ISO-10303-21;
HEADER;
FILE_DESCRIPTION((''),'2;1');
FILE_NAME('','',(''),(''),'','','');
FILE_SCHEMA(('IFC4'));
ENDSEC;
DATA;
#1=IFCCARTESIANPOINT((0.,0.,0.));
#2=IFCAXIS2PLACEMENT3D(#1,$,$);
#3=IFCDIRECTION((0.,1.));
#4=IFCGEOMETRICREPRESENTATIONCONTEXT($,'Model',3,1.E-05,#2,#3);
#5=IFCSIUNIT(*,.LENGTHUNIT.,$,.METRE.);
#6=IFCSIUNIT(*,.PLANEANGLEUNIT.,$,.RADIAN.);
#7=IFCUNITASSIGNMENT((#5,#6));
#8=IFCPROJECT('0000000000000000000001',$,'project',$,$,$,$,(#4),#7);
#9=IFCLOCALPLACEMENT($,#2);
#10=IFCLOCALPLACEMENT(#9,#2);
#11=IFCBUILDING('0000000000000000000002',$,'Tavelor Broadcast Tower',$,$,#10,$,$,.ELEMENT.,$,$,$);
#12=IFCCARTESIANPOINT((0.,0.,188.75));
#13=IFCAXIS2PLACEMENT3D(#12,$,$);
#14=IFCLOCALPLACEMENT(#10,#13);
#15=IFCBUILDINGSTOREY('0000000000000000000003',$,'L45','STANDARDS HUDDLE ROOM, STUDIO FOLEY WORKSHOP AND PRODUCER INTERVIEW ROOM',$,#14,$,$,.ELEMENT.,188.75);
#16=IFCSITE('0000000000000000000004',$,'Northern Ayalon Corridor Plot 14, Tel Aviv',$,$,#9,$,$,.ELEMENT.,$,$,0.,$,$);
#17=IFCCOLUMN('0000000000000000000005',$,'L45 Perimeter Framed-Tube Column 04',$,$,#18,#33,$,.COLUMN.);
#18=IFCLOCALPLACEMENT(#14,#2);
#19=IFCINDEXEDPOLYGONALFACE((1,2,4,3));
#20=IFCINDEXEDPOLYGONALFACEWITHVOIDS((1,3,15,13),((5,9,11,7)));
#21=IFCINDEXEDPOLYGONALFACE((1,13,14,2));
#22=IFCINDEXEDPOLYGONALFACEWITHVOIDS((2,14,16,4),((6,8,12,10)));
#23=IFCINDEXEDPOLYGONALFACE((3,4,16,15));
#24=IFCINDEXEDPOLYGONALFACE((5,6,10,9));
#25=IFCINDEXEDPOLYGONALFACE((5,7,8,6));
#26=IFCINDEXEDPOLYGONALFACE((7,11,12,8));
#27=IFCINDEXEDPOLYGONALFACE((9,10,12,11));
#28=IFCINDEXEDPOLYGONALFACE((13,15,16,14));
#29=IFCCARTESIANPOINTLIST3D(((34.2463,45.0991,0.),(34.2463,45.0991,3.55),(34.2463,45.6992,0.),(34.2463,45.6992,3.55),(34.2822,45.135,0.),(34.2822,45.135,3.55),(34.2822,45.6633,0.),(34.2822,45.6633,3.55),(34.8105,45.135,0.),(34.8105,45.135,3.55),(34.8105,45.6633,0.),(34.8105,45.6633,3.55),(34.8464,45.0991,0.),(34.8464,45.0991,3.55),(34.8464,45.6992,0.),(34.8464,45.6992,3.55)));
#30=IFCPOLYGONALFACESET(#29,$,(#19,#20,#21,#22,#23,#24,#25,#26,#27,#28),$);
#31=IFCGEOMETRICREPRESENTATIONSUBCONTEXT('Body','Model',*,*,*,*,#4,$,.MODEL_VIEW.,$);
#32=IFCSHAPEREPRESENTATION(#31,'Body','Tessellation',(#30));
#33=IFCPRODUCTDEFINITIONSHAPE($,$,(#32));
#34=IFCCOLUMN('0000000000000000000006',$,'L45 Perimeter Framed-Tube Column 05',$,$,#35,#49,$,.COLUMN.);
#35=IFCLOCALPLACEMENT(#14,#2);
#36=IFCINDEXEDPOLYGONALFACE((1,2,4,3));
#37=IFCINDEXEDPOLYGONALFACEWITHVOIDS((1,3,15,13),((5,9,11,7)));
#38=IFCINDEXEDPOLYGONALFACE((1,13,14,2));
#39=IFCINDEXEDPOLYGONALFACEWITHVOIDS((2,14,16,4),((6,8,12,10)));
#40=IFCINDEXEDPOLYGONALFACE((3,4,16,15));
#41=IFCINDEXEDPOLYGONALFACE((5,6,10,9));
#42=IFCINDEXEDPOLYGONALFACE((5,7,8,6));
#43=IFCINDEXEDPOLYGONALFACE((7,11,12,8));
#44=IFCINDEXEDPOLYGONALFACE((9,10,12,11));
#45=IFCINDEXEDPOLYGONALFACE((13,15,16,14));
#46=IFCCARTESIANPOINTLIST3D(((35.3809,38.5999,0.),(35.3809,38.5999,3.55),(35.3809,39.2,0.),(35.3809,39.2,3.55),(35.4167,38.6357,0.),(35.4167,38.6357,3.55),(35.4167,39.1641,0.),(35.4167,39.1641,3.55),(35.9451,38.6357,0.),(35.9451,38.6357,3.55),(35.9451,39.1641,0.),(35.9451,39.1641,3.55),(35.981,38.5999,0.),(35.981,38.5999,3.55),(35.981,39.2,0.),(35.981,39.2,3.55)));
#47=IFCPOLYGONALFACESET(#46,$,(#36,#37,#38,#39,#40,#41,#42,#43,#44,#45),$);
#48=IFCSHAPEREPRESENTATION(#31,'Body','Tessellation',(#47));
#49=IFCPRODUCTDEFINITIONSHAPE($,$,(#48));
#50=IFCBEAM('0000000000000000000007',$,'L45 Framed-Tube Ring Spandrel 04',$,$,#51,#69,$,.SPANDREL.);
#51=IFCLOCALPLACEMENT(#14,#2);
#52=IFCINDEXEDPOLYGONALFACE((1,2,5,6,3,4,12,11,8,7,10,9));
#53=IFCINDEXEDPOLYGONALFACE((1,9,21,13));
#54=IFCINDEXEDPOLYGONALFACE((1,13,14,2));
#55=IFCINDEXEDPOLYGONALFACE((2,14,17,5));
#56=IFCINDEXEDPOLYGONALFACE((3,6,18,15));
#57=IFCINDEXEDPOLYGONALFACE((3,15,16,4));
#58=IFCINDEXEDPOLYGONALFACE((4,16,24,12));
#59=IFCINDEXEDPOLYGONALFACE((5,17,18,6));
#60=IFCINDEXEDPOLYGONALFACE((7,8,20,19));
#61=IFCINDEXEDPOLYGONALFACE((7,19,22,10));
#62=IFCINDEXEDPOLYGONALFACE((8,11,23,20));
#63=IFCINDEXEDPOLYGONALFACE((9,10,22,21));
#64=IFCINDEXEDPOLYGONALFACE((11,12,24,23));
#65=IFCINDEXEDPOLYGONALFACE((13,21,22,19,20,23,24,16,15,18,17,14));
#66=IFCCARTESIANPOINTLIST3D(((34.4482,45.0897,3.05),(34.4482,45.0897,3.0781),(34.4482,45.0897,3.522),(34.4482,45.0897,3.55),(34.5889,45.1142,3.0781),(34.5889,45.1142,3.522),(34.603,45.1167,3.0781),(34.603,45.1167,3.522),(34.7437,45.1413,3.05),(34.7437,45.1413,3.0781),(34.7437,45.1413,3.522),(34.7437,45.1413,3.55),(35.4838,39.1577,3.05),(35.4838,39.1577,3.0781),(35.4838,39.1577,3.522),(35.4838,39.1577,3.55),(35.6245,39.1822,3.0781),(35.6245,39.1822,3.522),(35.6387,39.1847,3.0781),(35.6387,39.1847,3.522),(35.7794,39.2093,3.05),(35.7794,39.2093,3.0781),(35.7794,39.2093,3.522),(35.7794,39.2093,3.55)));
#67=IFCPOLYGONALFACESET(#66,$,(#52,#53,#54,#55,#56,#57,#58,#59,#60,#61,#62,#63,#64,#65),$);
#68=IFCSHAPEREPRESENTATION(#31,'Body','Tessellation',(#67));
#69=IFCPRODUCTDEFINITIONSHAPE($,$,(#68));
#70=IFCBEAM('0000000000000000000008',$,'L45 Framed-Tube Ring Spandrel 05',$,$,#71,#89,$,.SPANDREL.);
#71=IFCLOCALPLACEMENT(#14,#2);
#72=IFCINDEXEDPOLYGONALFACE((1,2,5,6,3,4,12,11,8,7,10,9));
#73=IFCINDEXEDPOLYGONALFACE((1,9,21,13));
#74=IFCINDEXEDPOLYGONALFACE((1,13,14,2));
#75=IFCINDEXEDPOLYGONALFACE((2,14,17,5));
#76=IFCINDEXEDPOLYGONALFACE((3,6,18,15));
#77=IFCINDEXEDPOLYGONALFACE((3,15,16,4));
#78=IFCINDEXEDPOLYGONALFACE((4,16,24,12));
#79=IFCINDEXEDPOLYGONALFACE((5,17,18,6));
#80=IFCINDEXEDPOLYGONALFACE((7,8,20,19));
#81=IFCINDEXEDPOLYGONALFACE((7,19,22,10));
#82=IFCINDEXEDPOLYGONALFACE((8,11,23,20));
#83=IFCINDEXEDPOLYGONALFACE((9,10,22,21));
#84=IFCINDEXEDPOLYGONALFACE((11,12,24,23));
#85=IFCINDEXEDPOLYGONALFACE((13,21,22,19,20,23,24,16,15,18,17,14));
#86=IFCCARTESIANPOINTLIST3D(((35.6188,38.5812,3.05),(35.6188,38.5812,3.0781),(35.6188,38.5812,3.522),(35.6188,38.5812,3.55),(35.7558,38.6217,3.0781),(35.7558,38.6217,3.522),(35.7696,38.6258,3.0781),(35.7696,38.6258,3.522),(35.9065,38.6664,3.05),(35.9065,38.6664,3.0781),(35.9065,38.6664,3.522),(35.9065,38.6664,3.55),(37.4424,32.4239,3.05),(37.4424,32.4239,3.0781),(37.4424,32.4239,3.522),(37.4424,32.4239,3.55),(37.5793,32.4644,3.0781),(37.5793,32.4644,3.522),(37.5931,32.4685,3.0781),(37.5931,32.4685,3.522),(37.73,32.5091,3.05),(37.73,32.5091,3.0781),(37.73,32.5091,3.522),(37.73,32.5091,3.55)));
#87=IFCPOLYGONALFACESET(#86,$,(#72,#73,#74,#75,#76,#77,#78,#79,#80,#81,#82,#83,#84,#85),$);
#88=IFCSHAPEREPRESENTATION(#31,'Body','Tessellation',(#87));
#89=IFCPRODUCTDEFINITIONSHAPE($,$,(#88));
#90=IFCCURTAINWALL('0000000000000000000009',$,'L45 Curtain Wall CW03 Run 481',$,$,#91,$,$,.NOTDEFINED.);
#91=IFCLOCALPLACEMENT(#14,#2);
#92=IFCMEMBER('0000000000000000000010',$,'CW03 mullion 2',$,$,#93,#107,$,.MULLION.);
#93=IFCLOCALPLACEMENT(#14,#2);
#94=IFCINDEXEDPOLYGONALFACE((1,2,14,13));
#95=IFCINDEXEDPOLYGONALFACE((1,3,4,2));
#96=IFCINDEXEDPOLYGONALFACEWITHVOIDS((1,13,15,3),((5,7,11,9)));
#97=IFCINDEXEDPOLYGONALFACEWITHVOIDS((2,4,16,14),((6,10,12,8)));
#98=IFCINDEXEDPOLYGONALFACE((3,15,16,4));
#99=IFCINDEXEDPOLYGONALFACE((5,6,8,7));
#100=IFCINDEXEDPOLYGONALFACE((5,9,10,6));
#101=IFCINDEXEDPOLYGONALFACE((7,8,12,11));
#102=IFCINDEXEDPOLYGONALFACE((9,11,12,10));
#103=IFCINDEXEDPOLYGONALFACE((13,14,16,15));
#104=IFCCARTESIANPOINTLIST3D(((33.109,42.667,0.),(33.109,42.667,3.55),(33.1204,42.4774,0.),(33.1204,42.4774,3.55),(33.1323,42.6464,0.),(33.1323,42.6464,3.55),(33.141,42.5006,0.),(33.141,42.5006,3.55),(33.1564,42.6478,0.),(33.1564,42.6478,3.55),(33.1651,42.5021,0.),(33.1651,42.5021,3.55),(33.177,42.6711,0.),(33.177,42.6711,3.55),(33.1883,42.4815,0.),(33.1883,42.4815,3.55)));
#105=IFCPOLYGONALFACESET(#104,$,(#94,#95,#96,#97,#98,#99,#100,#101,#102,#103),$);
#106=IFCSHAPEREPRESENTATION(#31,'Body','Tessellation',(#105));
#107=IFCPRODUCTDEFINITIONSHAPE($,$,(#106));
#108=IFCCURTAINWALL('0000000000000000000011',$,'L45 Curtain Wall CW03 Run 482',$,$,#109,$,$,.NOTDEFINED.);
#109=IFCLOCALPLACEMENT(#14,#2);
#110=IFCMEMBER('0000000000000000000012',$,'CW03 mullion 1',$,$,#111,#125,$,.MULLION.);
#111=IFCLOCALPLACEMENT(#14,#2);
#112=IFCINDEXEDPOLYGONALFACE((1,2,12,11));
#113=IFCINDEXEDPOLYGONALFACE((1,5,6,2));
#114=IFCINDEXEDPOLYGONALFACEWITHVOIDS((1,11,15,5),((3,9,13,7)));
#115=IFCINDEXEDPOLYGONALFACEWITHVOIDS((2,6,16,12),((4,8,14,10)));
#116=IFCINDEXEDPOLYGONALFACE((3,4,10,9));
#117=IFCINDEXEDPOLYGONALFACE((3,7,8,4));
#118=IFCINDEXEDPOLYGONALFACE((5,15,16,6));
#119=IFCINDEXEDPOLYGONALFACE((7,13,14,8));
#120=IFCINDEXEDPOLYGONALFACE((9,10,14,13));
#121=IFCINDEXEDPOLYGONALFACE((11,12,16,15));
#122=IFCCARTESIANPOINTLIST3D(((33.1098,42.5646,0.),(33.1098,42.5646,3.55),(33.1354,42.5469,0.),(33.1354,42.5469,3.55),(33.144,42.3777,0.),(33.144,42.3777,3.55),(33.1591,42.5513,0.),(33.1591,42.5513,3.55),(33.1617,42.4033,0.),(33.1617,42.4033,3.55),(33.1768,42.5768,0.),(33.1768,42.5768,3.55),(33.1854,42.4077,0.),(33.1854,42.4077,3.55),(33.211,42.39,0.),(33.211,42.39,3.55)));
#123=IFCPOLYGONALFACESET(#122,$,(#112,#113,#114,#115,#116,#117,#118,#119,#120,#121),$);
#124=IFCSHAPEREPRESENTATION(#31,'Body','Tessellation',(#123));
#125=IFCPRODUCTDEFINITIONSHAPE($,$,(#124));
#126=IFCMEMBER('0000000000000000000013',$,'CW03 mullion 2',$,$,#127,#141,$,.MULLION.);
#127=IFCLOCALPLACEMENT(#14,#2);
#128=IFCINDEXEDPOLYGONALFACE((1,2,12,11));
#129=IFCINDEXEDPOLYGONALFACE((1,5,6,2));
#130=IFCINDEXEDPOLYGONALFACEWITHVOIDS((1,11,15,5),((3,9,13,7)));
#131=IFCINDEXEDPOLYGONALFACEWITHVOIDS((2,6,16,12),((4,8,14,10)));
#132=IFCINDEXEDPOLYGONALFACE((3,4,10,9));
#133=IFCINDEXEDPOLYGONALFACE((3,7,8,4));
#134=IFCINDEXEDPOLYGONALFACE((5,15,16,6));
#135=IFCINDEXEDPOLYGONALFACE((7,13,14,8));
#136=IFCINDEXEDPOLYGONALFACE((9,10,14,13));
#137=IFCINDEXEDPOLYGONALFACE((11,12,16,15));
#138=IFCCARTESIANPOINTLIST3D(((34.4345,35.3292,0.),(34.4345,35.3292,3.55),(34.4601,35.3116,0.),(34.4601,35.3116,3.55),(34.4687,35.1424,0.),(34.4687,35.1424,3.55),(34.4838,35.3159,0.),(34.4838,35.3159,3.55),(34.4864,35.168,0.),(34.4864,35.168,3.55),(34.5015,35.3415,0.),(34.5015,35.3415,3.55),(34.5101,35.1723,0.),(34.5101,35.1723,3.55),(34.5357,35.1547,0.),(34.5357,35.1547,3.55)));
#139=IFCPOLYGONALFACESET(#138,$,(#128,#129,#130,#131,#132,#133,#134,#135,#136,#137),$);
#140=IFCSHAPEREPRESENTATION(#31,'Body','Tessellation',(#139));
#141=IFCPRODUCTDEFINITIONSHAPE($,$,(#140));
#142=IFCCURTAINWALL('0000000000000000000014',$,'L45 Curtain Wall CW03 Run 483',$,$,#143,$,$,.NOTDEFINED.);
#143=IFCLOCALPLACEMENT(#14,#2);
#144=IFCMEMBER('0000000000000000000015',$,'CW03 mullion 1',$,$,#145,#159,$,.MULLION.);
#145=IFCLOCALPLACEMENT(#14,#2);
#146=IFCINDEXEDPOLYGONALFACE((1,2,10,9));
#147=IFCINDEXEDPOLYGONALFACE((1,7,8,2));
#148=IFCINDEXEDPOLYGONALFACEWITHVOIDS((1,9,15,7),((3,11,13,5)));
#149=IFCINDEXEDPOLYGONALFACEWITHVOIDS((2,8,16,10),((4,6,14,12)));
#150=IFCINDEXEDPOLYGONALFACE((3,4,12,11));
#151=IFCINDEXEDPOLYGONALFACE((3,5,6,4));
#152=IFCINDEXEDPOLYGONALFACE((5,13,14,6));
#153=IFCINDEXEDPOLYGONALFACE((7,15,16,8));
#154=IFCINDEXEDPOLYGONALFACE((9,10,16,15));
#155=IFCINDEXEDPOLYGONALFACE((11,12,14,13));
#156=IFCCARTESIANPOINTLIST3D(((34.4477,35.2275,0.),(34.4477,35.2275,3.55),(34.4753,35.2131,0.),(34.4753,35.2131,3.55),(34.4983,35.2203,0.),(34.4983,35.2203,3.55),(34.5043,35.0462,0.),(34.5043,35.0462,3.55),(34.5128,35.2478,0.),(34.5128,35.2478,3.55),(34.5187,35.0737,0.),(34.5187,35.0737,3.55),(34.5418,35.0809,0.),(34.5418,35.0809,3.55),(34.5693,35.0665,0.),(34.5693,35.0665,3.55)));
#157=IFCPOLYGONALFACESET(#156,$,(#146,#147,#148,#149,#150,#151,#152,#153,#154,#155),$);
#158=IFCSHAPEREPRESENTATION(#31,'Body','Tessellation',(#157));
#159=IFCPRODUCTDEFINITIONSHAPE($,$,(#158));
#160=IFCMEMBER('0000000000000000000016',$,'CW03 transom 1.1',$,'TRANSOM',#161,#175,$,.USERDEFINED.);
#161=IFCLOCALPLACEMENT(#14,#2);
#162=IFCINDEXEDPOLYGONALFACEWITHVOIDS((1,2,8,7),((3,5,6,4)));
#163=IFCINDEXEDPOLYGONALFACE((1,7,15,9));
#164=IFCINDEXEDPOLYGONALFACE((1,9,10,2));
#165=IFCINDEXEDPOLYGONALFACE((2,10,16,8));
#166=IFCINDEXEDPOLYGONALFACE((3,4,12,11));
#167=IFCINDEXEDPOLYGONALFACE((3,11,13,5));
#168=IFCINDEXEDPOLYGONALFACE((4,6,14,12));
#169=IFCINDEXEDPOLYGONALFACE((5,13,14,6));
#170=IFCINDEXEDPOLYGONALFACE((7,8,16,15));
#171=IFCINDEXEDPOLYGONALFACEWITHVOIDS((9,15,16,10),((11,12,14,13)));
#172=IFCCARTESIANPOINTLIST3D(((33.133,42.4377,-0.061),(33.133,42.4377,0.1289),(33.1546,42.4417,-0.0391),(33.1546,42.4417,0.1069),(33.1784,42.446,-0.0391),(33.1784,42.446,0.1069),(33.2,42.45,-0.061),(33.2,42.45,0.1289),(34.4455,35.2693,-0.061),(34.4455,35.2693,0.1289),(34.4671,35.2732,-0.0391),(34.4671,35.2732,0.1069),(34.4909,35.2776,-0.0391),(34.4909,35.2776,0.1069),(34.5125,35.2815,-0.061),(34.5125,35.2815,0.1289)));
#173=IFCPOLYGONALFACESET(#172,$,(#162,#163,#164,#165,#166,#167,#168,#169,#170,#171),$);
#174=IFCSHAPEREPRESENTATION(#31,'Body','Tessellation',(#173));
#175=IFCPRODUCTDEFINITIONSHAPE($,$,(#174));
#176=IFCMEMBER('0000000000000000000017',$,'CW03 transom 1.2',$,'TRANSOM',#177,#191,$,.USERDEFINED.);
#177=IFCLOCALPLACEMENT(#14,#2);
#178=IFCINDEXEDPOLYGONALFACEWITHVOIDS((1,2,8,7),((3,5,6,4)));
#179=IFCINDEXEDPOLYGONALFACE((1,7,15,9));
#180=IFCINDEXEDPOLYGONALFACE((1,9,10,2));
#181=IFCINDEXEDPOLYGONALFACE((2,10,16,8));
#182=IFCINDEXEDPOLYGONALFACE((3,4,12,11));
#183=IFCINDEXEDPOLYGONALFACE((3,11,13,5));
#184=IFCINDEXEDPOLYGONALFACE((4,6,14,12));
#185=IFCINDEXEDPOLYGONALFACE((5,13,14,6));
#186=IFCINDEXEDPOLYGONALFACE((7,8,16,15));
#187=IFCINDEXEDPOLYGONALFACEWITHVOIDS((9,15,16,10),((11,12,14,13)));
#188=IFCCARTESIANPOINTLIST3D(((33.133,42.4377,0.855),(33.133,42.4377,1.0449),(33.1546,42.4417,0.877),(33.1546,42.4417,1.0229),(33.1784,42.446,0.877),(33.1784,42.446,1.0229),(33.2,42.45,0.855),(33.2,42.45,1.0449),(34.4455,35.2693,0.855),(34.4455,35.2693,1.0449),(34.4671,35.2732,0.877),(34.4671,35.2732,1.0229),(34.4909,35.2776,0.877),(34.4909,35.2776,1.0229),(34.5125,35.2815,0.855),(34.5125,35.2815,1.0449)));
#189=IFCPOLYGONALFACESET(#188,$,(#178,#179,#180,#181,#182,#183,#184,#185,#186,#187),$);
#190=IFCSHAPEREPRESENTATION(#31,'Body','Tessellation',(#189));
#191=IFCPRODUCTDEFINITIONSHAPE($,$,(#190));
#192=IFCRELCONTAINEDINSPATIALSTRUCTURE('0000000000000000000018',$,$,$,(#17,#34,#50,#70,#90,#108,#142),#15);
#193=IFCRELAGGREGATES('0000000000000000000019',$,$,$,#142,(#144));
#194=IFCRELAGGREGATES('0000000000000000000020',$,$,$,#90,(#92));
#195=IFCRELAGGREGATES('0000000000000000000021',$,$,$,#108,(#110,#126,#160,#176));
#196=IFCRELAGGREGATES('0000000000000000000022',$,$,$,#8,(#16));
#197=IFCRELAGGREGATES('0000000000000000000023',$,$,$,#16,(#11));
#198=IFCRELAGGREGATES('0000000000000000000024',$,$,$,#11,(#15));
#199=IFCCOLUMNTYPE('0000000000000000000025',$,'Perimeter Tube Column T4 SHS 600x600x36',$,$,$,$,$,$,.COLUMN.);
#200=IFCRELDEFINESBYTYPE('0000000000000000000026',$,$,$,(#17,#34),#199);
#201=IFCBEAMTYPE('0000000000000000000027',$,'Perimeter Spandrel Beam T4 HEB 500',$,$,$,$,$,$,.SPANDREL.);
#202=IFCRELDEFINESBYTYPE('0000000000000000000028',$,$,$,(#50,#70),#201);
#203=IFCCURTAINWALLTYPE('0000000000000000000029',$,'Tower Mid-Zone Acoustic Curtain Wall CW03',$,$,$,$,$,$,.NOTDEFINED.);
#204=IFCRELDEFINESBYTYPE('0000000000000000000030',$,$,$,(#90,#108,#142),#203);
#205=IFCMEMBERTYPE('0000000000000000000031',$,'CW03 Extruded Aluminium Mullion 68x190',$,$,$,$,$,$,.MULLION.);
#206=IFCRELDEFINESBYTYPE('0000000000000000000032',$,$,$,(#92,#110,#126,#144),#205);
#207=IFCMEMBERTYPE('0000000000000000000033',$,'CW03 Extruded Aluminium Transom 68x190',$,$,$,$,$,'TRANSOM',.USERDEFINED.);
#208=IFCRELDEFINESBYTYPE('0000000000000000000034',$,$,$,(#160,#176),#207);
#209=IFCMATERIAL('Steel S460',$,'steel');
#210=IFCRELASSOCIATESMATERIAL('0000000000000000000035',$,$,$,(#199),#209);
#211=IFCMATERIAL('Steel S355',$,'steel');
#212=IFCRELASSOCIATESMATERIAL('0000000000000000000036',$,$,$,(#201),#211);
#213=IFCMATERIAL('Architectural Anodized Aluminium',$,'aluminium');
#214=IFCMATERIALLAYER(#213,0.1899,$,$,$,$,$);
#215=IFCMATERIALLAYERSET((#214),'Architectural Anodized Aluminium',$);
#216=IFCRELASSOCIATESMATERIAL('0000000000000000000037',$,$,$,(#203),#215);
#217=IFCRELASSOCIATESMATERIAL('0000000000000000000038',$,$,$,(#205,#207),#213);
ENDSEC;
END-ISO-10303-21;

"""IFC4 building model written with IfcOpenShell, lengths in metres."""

from ifc_helpers import new_model, si_unit, direction, frame, origin, origin_2d, place, context, subcontext, project, spatial, hollow_rectangle, i_section, extrude, source, transform, mapped, material, layer, layer_set, material_profile, profile_set, type_object, type_shapes, element, aggregate, save


model = new_model("IFC4")

# Units and contexts
model_context = context("Model", 3, precision=1e-05, world=origin(), true_north=direction((0.0, 1.0)))
body_context = subcontext(model_context, "Body", "Model", "MODEL_VIEW")
ifc_project = project(units=[si_unit("LENGTHUNIT", "METRE"), si_unit("PLANEANGLEUNIT", "RADIAN")], contexts=[model_context])

# Site, building, storey
site_placement = place(None, origin())
site = spatial("IfcSite", under=ifc_project, at=site_placement, Name="Northern Ayalon Corridor Plot 14, Tel Aviv", CompositionType="ELEMENT", RefElevation=0.0)
building_placement = place(site_placement, origin())
building = spatial("IfcBuilding", under=site, at=building_placement, Name="Tavelor Broadcast Tower", CompositionType="ELEMENT")
storey_placement = place(building_placement, frame((0.0, 0.0, 188.75)))
storey = spatial("IfcBuildingStorey", under=building, at=storey_placement, Name="L45", Description="STANDARDS HUDDLE ROOM, STUDIO FOLEY WORKSHOP AND PRODUCER INTERVIEW ROOM", CompositionType="ELEMENT", Elevation=188.75)

# Columns
ifc_material_1 = material(Name="Steel S460", Category="steel")
ifc_material_profile_1 = material_profile(ifc_material_1, hollow_rectangle(XDim=0.6001, YDim=0.6001, WallThickness=0.0359, at=origin_2d()), Name="SHS 600x600x36")
ifc_profile_set_1 = profile_set([ifc_material_profile_1], Name="Steel S460")
column_type = type_object("IfcColumnType", Name="Perimeter Tube Column T4 SHS 600x600x36", PredefinedType="COLUMN", material=ifc_profile_set_1)
for number, where, z_axis, x_axis, name in (
    (1, (34.5464, 45.3992, 0.0), (0.0, 0.0, 1.0), (1.0, 0.0, 0.0), "L45 Perimeter Framed-Tube Column 04"),
    (2, (35.6809, 38.8999, 0.0), (0.0, 0.0, 1.0), (1.0, 0.0, 0.0), "L45 Perimeter Framed-Tube Column 05"),
):
    element("IfcColumn", number, at=place(storey_placement, frame(where, z_axis=z_axis, x_axis=x_axis)), inside=storey, type_object=column_type, Name=name, PredefinedType="COLUMN", context=body_context, shape_type="SweptSolid", body=[
        extrude(hollow_rectangle(XDim=0.6001, YDim=0.6001, WallThickness=0.0359, at=origin_2d()), origin(), (0.0, 0.0, 1.0), 3.55),
    ])

# Beams
ifc_material_2 = material(Name="Steel S355", Category="steel")
ifc_material_profile_2 = material_profile(ifc_material_2, i_section(OverallWidth=0.3, OverallDepth=0.5, WebThickness=0.0144, FlangeThickness=0.0281, at=origin_2d()), Name="HEB 500")
ifc_profile_set_2 = profile_set([ifc_material_profile_2], Name="Steel S355")
beam_type = type_object("IfcBeamType", Name="Perimeter Spandrel Beam T4 HEB 500", PredefinedType="SPANDREL", material=ifc_profile_set_2)
beam_1_placement = place(storey_placement, frame((34.5959, 45.1155, 3.3), z_axis=(0.171988, -0.985099, 0.0), x_axis=(0.985099, 0.171988, 0.0)))
element("IfcBeam", 3, at=beam_1_placement, inside=storey, type_object=beam_type, Name="L45 Framed-Tube Ring Spandrel 04", PredefinedType="SPANDREL", context=body_context, shape_type="SweptSolid", body=[
    extrude(i_section(OverallWidth=0.3, OverallDepth=0.5, WebThickness=0.0144, FlangeThickness=0.0281, at=origin_2d()), origin(), (0.0, 0.0, 1.0), 6.0217),
])
beam_2_placement = place(storey_placement, frame((35.7627, 38.6238, 3.3), z_axis=(0.283963, -0.958835, 0.0), x_axis=(0.958835, 0.283963, 0.0)))
element("IfcBeam", 4, at=beam_2_placement, inside=storey, type_object=beam_type, Name="L45 Framed-Tube Ring Spandrel 05", PredefinedType="SPANDREL", context=body_context, shape_type="SweptSolid", body=[
    extrude(i_section(OverallWidth=0.3, OverallDepth=0.5, WebThickness=0.0144, FlangeThickness=0.0281, at=origin_2d()), origin(), (0.0, 0.0, 1.0), 6.4216),
])

# Curtain wall, member
ifc_material_3 = material(Name="Architectural Anodized Aluminium", Category="aluminium")
ifc_layer_1 = layer(ifc_material_3, 0.1899)
ifc_layer_set_1 = layer_set([ifc_layer_1], Name="Architectural Anodized Aluminium")
curtain_wall_type = type_object("IfcCurtainWallType", Name="Tower Mid-Zone Acoustic Curtain Wall CW03", PredefinedType="NOTDEFINED", material=ifc_layer_set_1)
curtain_wall_1_placement = place(storey_placement, origin())
curtain_wall_1 = element("IfcCurtainWall", 5, at=curtain_wall_1_placement, inside=storey, type_object=curtain_wall_type, Name="L45 Curtain Wall CW03 Run 481", PredefinedType="NOTDEFINED")
ifc_material_profile_3 = material_profile(ifc_material_3, hollow_rectangle(XDim=0.0681, YDim=0.1899, WallThickness=0.022, at=origin_2d()), Name="RHS 68x190x22")
ifc_profile_set_3 = profile_set([ifc_material_profile_3], Name="Architectural Anodized Aluminium")
member_type_1 = type_object("IfcMemberType", Name="CW03 Extruded Aluminium Mullion 68x190", PredefinedType="MULLION", material=ifc_profile_set_3)
shared_shape_1 = source(origin(), body_context, "Body", "SweptSolid", [
    extrude(hollow_rectangle(XDim=0.0681, YDim=0.1899, WallThickness=0.022, at=origin_2d()), origin(), (0.0, 0.0, 1.0), 3.55),
])
type_shapes(member_type_1, [shared_shape_1])
member_1_placement = place(storey_placement, frame((33.1487, 42.5742, 0.0), z_axis=(0.0, 0.0, 1.0), x_axis=(0.998215, 0.059715, 0.0)))
member_1 = element("IfcMember", 6, at=member_1_placement, type_object=member_type_1, Name="CW03 mullion 2", PredefinedType="MULLION", context=body_context, shape_type="MappedRepresentation", body=[
    mapped(shared_shape_1, transform((0.0, 0.0, 0.0), scale=1.0)),
])

# Curtain wall, members
curtain_wall_2_placement = place(storey_placement, origin())
curtain_wall_2 = element("IfcCurtainWall", 7, at=curtain_wall_2_placement, inside=storey, type_object=curtain_wall_type, Name="L45 Curtain Wall CW03 Run 482", PredefinedType="NOTDEFINED")
member_2_placement = place(storey_placement, frame((33.1604, 42.4773, 0.0), z_axis=(0.0, 0.0, 1.0), x_axis=(0.983648, 0.180102, 0.0)))
member_2 = element("IfcMember", 8, at=member_2_placement, type_object=member_type_1, Name="CW03 mullion 1", PredefinedType="MULLION", context=body_context, shape_type="MappedRepresentation", body=[
    mapped(shared_shape_1, transform((0.0, 0.0, 0.0), scale=1.0)),
])
member_3_placement = place(storey_placement, frame((34.4851, 35.2419, 0.0), z_axis=(0.0, 0.0, 1.0), x_axis=(0.983648, 0.180102, 0.0)))
member_3 = element("IfcMember", 9, at=member_3_placement, type_object=member_type_1, Name="CW03 mullion 2", PredefinedType="MULLION", context=body_context, shape_type="MappedRepresentation", body=[
    mapped(shared_shape_1, transform((0.0, 0.0, 0.0), scale=1.0)),
])

# Curtain wall, member
curtain_wall_3_placement = place(storey_placement, origin())
curtain_wall_3 = element("IfcCurtainWall", 10, at=curtain_wall_3_placement, inside=storey, type_object=curtain_wall_type, Name="L45 Curtain Wall CW03 Run 483", PredefinedType="NOTDEFINED")
member_4_placement = place(storey_placement, frame((34.5085, 35.147, 0.0), z_axis=(0.0, 0.0, 1.0), x_axis=(0.954627, 0.297806, 0.0)))
member_4 = element("IfcMember", 11, at=member_4_placement, type_object=member_type_1, Name="CW03 mullion 1", PredefinedType="MULLION", context=body_context, shape_type="MappedRepresentation", body=[
    mapped(shared_shape_1, transform((0.0, 0.0, 0.0), scale=1.0)),
])
aggregate(curtain_wall_3, [member_4])

# Members
ifc_material_profile_4 = material_profile(ifc_material_3, hollow_rectangle(XDim=0.0681, YDim=0.1899, WallThickness=0.022, at=origin_2d()), Name="RHS 68x190x22")
ifc_profile_set_4 = profile_set([ifc_material_profile_4], Name="Architectural Anodized Aluminium")
member_type_2 = type_object("IfcMemberType", Name="CW03 Extruded Aluminium Transom 68x190", ElementType="TRANSOM", PredefinedType="USERDEFINED", material=ifc_profile_set_4)
shared_shape_2 = source(origin(), body_context, "Body", "SweptSolid", [
    extrude(hollow_rectangle(XDim=0.0681, YDim=0.1899, WallThickness=0.022, at=origin_2d()), origin(), (0.0, 0.0, 1.0), 7.2876),
])
type_shapes(member_type_2, [shared_shape_2])
member_5_placement = place(storey_placement, frame((33.1665, 42.4438, 0.0339), z_axis=(0.1801, -0.983648, 0.0), x_axis=(0.983648, 0.1801, 0.0)))
member_5 = element("IfcMember", 12, at=member_5_placement, type_object=member_type_2, Name="CW03 transom 1.1", ObjectType="TRANSOM", PredefinedType="USERDEFINED", context=body_context, shape_type="MappedRepresentation", body=[
    mapped(shared_shape_2, transform((0.0, 0.0, 0.0), scale=1.0)),
])
member_6_placement = place(storey_placement, frame((33.1665, 42.4438, 0.95), z_axis=(0.1801, -0.983648, 0.0), x_axis=(0.983648, 0.1801, 0.0)))
member_6 = element("IfcMember", 13, at=member_6_placement, type_object=member_type_2, Name="CW03 transom 1.2", ObjectType="TRANSOM", PredefinedType="USERDEFINED", context=body_context, shape_type="MappedRepresentation", body=[
    mapped(shared_shape_2, transform((0.0, 0.0, 0.0), scale=1.0)),
])

aggregate(curtain_wall_1, [member_1])
aggregate(curtain_wall_2, [member_2, member_3, member_5, member_6])

save(model, "model.ifc")
